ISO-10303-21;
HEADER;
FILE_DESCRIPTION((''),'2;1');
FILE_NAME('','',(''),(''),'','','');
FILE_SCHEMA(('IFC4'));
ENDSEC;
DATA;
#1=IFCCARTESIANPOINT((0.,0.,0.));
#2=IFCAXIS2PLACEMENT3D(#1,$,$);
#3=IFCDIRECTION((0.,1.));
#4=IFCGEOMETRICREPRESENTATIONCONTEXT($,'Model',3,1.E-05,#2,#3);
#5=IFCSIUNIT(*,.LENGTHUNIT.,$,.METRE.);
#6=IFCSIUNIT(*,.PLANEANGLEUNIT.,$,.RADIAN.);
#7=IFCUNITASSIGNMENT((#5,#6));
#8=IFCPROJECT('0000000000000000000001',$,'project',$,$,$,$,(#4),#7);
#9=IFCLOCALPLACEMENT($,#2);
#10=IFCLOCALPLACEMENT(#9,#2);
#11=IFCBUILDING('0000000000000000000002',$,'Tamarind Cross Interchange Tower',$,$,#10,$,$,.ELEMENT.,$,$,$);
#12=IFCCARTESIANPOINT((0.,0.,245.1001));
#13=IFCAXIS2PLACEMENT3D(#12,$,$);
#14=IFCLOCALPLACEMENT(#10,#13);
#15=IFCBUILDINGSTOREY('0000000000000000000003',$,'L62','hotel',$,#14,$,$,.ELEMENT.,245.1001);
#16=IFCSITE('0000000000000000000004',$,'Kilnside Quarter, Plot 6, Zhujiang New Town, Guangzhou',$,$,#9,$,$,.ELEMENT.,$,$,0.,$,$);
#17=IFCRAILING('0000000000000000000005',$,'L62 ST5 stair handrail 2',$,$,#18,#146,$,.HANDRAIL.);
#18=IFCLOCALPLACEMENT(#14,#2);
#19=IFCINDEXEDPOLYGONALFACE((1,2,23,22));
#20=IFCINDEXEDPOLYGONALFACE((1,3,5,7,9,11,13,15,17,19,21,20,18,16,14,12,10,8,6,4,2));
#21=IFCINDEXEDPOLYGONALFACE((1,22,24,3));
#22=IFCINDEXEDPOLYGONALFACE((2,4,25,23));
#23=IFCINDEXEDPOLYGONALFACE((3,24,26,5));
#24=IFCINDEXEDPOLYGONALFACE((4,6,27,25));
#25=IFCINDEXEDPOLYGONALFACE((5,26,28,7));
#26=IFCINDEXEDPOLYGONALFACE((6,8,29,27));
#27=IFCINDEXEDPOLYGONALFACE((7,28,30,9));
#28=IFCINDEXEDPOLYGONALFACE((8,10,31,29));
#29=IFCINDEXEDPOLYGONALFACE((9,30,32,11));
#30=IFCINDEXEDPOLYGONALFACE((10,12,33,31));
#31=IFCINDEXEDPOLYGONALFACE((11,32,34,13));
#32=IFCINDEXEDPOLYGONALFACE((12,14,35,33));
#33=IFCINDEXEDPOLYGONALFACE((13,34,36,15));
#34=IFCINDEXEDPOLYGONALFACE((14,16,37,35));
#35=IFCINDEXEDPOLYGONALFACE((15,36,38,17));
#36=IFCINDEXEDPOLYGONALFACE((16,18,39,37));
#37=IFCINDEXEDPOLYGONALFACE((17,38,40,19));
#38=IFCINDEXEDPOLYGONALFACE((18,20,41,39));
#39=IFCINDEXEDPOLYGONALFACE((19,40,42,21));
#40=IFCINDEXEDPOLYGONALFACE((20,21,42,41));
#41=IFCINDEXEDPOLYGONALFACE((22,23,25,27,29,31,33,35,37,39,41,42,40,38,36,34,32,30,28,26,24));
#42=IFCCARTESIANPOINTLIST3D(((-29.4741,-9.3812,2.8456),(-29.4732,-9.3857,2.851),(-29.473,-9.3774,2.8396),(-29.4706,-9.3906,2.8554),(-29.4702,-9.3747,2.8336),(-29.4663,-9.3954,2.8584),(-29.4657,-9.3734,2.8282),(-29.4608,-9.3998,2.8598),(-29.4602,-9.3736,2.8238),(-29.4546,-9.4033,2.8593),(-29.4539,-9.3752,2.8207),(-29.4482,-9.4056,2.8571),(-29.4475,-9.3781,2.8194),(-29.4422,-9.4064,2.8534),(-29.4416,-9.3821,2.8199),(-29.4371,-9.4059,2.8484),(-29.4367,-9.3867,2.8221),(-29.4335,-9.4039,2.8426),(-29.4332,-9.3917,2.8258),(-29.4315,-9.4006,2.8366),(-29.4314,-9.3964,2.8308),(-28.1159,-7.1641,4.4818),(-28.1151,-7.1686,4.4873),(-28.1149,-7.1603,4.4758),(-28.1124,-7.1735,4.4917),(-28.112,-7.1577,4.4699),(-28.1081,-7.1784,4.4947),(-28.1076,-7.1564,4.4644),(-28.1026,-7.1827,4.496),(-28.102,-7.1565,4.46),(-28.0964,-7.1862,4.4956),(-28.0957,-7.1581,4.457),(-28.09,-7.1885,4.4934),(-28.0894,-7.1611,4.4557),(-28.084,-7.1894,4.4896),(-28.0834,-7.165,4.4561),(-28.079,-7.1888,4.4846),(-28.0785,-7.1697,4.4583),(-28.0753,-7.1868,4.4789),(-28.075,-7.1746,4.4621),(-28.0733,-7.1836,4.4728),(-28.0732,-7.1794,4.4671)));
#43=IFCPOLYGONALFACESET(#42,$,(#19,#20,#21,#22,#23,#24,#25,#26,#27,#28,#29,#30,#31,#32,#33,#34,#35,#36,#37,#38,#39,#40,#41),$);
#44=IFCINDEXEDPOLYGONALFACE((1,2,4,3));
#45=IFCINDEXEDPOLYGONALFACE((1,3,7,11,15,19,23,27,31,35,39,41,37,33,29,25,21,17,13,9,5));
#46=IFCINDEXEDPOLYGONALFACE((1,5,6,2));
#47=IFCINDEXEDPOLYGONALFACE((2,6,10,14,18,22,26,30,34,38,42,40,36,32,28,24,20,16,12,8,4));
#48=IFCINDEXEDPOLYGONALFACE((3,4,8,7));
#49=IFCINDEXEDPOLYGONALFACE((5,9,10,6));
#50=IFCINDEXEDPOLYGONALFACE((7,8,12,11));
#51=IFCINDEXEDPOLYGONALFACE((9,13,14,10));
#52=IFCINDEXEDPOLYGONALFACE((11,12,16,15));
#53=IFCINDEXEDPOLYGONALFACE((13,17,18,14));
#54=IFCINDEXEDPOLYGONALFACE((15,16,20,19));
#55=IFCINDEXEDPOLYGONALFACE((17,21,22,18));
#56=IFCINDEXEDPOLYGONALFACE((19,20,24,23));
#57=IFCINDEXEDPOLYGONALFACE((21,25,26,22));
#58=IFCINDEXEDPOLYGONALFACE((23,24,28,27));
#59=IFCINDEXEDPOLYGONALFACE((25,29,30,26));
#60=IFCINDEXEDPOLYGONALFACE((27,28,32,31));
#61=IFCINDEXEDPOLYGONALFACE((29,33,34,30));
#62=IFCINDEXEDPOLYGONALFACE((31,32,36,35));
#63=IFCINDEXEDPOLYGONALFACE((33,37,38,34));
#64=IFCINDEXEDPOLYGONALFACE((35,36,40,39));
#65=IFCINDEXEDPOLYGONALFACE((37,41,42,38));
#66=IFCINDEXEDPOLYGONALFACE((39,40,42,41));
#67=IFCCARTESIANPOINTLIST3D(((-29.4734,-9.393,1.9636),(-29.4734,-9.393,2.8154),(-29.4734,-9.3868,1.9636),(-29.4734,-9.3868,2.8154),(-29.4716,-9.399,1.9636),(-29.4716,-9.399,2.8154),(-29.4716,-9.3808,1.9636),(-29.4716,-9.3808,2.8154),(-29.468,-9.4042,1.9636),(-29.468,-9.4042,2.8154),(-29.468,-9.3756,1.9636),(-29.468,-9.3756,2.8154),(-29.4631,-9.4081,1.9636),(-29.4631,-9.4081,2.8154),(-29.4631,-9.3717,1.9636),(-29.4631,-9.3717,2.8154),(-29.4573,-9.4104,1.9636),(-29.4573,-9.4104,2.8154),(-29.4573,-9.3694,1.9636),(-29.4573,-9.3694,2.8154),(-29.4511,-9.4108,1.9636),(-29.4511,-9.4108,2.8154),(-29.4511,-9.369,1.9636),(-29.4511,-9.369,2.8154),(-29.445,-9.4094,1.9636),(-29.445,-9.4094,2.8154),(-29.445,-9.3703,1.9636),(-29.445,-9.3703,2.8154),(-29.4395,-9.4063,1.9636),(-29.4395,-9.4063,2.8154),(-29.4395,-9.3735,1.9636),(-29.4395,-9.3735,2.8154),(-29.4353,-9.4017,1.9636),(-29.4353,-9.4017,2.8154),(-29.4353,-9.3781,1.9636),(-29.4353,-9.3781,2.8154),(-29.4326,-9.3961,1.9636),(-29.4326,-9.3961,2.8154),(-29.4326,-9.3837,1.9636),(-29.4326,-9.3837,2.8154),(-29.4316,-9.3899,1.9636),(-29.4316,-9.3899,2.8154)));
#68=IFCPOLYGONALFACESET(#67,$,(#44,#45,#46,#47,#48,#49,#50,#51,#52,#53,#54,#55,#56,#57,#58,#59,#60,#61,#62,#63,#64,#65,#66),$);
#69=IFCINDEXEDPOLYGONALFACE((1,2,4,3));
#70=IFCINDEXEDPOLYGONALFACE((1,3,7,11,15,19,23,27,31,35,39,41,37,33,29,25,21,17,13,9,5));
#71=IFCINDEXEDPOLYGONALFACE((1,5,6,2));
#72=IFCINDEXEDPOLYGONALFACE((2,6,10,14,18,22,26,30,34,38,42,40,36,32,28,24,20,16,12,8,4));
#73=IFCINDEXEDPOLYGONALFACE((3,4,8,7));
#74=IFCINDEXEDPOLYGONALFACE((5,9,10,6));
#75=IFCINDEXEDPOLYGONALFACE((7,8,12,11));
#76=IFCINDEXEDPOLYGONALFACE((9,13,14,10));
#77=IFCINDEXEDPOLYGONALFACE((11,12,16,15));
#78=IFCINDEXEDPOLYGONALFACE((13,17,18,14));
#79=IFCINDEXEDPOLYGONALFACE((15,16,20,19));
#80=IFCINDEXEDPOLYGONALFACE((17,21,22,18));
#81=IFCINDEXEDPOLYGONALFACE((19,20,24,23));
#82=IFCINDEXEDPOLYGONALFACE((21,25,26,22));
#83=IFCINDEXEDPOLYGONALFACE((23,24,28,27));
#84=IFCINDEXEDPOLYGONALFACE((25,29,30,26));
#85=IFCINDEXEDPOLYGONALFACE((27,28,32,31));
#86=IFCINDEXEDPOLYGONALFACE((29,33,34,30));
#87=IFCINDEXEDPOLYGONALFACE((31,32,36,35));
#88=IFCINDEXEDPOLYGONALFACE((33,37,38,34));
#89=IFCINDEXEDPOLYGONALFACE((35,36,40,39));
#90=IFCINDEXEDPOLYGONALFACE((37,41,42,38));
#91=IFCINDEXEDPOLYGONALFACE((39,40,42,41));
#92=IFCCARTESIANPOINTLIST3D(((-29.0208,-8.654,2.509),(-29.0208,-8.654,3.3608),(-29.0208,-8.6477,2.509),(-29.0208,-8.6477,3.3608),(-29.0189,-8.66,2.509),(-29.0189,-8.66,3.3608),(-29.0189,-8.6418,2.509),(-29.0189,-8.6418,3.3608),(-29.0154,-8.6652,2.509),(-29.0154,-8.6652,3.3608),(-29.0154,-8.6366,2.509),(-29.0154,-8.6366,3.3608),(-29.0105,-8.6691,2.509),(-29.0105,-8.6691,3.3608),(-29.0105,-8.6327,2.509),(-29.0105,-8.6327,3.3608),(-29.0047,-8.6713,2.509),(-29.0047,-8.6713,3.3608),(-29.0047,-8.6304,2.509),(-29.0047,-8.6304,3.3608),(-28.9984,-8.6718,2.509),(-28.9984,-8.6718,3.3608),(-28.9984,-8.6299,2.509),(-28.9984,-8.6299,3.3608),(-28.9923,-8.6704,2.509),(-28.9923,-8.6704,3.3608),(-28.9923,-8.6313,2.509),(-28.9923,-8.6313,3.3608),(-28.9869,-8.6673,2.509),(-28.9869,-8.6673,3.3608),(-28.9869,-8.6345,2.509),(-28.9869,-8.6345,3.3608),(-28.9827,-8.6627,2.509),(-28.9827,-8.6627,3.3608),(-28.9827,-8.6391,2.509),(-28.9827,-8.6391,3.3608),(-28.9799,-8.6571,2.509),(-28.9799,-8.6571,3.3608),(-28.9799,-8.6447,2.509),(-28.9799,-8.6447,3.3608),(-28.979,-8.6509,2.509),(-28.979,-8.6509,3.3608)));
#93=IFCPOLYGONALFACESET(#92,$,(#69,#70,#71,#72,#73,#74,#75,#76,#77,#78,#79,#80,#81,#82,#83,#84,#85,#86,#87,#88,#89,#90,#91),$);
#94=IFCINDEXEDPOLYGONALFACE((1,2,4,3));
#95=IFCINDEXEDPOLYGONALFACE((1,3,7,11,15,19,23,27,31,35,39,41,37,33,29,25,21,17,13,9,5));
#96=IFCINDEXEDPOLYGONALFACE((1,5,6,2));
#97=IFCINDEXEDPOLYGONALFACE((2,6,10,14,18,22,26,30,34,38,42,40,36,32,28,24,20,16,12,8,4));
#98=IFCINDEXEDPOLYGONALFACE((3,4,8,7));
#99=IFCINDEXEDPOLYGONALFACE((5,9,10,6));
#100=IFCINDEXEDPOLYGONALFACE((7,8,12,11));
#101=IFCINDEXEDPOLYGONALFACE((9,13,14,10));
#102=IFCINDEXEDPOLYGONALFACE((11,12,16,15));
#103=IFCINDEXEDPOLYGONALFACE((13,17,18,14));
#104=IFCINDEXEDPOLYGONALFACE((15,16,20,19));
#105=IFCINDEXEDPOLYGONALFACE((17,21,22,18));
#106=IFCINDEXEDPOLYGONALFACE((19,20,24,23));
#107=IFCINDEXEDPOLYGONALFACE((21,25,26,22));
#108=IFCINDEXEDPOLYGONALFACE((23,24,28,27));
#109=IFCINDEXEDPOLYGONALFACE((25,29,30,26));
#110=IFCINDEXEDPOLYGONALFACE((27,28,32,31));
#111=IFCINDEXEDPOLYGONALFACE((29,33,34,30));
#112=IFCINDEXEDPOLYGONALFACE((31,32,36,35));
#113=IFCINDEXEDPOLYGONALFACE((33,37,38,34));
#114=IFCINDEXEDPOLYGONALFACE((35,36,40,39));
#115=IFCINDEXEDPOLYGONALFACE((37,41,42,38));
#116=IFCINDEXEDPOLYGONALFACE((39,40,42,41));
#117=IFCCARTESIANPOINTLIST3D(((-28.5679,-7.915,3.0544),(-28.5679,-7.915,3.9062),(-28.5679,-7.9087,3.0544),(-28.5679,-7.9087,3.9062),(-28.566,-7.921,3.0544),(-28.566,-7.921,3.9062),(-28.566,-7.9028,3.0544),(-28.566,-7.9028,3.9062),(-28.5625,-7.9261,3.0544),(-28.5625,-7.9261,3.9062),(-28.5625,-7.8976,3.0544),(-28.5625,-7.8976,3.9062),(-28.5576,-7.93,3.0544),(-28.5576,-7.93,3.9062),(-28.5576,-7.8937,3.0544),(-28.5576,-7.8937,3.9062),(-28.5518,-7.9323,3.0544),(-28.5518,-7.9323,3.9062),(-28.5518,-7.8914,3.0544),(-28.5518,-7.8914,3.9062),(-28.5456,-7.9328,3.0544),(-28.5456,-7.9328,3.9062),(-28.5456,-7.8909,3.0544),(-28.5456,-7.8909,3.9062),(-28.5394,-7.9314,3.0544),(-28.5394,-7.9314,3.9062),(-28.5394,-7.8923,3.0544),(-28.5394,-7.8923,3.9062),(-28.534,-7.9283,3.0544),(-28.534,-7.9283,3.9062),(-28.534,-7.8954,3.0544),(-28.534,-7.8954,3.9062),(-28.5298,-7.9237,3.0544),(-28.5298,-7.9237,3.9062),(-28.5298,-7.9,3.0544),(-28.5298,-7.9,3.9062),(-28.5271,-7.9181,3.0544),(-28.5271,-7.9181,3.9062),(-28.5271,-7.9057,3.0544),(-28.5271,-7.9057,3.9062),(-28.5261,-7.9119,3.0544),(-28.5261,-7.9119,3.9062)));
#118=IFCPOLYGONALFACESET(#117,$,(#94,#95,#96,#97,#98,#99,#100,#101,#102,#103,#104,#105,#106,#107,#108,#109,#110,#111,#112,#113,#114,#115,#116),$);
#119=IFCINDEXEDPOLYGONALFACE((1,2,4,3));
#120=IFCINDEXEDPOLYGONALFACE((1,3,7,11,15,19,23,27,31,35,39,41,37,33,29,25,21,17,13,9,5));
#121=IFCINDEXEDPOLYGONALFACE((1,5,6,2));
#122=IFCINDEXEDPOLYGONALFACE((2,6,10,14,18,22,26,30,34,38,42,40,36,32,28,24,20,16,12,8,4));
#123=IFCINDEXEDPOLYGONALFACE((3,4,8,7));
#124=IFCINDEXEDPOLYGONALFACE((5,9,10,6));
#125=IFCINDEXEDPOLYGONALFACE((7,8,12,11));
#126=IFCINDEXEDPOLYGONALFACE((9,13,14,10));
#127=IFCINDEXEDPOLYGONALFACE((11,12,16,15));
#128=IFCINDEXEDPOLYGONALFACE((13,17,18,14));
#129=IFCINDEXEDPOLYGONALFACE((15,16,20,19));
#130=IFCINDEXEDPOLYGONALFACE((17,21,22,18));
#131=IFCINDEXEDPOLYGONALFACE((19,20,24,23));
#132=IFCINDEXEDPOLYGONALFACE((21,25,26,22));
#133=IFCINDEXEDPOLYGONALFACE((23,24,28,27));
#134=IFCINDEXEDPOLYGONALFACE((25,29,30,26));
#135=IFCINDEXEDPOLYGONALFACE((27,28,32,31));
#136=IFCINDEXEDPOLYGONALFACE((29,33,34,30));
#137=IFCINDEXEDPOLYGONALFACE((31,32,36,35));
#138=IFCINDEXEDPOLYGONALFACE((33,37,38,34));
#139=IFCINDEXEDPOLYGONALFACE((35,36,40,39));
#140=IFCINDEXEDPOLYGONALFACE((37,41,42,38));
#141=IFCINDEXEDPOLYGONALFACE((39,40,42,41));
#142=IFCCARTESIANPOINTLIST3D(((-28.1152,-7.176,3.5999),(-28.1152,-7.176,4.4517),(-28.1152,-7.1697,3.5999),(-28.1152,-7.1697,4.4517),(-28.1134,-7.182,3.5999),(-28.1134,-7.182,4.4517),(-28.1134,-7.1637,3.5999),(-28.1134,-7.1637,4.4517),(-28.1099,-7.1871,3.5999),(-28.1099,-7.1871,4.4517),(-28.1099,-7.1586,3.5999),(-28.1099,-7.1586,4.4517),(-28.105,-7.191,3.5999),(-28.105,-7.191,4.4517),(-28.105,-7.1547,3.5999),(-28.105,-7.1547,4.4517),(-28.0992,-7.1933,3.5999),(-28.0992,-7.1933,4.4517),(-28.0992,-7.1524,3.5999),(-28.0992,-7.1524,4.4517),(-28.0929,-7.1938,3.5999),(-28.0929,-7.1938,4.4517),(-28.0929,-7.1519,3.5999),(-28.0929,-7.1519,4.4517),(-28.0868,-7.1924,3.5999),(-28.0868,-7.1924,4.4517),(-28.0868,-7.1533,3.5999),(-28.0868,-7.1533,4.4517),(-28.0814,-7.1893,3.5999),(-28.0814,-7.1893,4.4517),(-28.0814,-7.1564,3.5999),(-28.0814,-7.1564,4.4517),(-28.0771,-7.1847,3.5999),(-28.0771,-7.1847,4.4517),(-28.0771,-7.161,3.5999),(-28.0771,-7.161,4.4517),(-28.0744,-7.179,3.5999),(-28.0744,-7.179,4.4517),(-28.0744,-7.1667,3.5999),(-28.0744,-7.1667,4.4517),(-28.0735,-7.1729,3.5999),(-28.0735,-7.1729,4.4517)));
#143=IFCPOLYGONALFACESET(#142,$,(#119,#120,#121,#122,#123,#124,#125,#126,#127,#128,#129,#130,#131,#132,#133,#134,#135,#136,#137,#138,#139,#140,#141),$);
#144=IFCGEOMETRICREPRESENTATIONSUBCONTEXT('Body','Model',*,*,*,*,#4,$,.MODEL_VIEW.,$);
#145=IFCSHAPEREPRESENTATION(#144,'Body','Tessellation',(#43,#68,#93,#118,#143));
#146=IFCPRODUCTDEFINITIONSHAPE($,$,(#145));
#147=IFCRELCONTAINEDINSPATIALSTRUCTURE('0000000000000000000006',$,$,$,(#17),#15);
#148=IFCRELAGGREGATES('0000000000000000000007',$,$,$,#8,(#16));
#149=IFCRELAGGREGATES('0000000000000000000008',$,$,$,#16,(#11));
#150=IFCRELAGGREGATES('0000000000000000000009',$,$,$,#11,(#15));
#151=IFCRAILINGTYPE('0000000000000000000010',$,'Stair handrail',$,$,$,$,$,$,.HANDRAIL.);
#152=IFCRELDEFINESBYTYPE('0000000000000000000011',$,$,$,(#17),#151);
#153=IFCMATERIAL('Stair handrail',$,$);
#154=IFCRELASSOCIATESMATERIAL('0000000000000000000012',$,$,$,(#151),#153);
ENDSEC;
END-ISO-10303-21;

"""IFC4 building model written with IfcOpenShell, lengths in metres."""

from ifc_helpers import new_model, si_unit, direction, frame, origin, origin_2d, place, context, subcontext, project, spatial, circle, extrude, material, type_object, element, save


model = new_model("IFC4")

# Units and contexts
model_context = context("Model", 3, precision=1e-05, world=origin(), true_north=direction((0.0, 1.0)))
body_context = subcontext(model_context, "Body", "Model", "MODEL_VIEW")
ifc_project = project(units=[si_unit("LENGTHUNIT", "METRE"), si_unit("PLANEANGLEUNIT", "RADIAN")], contexts=[model_context])

# Site, building, storey
site_placement = place(None, origin())
site = spatial("IfcSite", under=ifc_project, at=site_placement, Name="Kilnside Quarter, Plot 6, Zhujiang New Town, Guangzhou", CompositionType="ELEMENT", RefElevation=0.0)
building_placement = place(site_placement, origin())
building = spatial("IfcBuilding", under=site, at=building_placement, Name="Tamarind Cross Interchange Tower", CompositionType="ELEMENT")
storey_placement = place(building_placement, frame((0.0, 0.0, 245.1001)))
storey = spatial("IfcBuildingStorey", under=building, at=storey_placement, Name="L62", Description="hotel", CompositionType="ELEMENT", Elevation=245.1001)

# Railing
ifc_material_1 = material(Name="Stair handrail")
railing_type_1 = type_object("IfcRailingType", Name="Stair handrail", PredefinedType="HANDRAIL", material=ifc_material_1)
railing_1_placement = place(storey_placement, frame((-29.4526, -9.3899, 1.9636)))
element("IfcRailing", 1, at=railing_1_placement, inside=storey, type_object=railing_type_1, Name="L62 ST5 stair handrail 2", PredefinedType="HANDRAIL", context=body_context, shape_type="SweptSolid", body=[
    extrude(circle(Radius=0.0239, at=origin_2d()), frame((0.0, 0.0, 0.876), z_axis=(0.442109, 0.721696, 0.532629), x_axis=(-0.852717, 0.522373, 0.0)), (0.0, 0.0, 1.0), 3.072),
    extrude(circle(Radius=0.021, at=origin_2d()), origin(), (0.0, 0.0, 1.0), 0.8518),
    extrude(circle(Radius=0.021, at=origin_2d()), frame((0.4526, 0.739, 0.5454)), (0.0, 0.0, 1.0), 0.8518),
    extrude(circle(Radius=0.021, at=origin_2d()), frame((0.9055, 1.478, 1.0908)), (0.0, 0.0, 1.0), 0.8518),
    extrude(circle(Radius=0.021, at=origin_2d()), frame((1.3582, 2.217, 1.6362)), (0.0, 0.0, 1.0), 0.8518),
])

save(model, "model.ifc")
